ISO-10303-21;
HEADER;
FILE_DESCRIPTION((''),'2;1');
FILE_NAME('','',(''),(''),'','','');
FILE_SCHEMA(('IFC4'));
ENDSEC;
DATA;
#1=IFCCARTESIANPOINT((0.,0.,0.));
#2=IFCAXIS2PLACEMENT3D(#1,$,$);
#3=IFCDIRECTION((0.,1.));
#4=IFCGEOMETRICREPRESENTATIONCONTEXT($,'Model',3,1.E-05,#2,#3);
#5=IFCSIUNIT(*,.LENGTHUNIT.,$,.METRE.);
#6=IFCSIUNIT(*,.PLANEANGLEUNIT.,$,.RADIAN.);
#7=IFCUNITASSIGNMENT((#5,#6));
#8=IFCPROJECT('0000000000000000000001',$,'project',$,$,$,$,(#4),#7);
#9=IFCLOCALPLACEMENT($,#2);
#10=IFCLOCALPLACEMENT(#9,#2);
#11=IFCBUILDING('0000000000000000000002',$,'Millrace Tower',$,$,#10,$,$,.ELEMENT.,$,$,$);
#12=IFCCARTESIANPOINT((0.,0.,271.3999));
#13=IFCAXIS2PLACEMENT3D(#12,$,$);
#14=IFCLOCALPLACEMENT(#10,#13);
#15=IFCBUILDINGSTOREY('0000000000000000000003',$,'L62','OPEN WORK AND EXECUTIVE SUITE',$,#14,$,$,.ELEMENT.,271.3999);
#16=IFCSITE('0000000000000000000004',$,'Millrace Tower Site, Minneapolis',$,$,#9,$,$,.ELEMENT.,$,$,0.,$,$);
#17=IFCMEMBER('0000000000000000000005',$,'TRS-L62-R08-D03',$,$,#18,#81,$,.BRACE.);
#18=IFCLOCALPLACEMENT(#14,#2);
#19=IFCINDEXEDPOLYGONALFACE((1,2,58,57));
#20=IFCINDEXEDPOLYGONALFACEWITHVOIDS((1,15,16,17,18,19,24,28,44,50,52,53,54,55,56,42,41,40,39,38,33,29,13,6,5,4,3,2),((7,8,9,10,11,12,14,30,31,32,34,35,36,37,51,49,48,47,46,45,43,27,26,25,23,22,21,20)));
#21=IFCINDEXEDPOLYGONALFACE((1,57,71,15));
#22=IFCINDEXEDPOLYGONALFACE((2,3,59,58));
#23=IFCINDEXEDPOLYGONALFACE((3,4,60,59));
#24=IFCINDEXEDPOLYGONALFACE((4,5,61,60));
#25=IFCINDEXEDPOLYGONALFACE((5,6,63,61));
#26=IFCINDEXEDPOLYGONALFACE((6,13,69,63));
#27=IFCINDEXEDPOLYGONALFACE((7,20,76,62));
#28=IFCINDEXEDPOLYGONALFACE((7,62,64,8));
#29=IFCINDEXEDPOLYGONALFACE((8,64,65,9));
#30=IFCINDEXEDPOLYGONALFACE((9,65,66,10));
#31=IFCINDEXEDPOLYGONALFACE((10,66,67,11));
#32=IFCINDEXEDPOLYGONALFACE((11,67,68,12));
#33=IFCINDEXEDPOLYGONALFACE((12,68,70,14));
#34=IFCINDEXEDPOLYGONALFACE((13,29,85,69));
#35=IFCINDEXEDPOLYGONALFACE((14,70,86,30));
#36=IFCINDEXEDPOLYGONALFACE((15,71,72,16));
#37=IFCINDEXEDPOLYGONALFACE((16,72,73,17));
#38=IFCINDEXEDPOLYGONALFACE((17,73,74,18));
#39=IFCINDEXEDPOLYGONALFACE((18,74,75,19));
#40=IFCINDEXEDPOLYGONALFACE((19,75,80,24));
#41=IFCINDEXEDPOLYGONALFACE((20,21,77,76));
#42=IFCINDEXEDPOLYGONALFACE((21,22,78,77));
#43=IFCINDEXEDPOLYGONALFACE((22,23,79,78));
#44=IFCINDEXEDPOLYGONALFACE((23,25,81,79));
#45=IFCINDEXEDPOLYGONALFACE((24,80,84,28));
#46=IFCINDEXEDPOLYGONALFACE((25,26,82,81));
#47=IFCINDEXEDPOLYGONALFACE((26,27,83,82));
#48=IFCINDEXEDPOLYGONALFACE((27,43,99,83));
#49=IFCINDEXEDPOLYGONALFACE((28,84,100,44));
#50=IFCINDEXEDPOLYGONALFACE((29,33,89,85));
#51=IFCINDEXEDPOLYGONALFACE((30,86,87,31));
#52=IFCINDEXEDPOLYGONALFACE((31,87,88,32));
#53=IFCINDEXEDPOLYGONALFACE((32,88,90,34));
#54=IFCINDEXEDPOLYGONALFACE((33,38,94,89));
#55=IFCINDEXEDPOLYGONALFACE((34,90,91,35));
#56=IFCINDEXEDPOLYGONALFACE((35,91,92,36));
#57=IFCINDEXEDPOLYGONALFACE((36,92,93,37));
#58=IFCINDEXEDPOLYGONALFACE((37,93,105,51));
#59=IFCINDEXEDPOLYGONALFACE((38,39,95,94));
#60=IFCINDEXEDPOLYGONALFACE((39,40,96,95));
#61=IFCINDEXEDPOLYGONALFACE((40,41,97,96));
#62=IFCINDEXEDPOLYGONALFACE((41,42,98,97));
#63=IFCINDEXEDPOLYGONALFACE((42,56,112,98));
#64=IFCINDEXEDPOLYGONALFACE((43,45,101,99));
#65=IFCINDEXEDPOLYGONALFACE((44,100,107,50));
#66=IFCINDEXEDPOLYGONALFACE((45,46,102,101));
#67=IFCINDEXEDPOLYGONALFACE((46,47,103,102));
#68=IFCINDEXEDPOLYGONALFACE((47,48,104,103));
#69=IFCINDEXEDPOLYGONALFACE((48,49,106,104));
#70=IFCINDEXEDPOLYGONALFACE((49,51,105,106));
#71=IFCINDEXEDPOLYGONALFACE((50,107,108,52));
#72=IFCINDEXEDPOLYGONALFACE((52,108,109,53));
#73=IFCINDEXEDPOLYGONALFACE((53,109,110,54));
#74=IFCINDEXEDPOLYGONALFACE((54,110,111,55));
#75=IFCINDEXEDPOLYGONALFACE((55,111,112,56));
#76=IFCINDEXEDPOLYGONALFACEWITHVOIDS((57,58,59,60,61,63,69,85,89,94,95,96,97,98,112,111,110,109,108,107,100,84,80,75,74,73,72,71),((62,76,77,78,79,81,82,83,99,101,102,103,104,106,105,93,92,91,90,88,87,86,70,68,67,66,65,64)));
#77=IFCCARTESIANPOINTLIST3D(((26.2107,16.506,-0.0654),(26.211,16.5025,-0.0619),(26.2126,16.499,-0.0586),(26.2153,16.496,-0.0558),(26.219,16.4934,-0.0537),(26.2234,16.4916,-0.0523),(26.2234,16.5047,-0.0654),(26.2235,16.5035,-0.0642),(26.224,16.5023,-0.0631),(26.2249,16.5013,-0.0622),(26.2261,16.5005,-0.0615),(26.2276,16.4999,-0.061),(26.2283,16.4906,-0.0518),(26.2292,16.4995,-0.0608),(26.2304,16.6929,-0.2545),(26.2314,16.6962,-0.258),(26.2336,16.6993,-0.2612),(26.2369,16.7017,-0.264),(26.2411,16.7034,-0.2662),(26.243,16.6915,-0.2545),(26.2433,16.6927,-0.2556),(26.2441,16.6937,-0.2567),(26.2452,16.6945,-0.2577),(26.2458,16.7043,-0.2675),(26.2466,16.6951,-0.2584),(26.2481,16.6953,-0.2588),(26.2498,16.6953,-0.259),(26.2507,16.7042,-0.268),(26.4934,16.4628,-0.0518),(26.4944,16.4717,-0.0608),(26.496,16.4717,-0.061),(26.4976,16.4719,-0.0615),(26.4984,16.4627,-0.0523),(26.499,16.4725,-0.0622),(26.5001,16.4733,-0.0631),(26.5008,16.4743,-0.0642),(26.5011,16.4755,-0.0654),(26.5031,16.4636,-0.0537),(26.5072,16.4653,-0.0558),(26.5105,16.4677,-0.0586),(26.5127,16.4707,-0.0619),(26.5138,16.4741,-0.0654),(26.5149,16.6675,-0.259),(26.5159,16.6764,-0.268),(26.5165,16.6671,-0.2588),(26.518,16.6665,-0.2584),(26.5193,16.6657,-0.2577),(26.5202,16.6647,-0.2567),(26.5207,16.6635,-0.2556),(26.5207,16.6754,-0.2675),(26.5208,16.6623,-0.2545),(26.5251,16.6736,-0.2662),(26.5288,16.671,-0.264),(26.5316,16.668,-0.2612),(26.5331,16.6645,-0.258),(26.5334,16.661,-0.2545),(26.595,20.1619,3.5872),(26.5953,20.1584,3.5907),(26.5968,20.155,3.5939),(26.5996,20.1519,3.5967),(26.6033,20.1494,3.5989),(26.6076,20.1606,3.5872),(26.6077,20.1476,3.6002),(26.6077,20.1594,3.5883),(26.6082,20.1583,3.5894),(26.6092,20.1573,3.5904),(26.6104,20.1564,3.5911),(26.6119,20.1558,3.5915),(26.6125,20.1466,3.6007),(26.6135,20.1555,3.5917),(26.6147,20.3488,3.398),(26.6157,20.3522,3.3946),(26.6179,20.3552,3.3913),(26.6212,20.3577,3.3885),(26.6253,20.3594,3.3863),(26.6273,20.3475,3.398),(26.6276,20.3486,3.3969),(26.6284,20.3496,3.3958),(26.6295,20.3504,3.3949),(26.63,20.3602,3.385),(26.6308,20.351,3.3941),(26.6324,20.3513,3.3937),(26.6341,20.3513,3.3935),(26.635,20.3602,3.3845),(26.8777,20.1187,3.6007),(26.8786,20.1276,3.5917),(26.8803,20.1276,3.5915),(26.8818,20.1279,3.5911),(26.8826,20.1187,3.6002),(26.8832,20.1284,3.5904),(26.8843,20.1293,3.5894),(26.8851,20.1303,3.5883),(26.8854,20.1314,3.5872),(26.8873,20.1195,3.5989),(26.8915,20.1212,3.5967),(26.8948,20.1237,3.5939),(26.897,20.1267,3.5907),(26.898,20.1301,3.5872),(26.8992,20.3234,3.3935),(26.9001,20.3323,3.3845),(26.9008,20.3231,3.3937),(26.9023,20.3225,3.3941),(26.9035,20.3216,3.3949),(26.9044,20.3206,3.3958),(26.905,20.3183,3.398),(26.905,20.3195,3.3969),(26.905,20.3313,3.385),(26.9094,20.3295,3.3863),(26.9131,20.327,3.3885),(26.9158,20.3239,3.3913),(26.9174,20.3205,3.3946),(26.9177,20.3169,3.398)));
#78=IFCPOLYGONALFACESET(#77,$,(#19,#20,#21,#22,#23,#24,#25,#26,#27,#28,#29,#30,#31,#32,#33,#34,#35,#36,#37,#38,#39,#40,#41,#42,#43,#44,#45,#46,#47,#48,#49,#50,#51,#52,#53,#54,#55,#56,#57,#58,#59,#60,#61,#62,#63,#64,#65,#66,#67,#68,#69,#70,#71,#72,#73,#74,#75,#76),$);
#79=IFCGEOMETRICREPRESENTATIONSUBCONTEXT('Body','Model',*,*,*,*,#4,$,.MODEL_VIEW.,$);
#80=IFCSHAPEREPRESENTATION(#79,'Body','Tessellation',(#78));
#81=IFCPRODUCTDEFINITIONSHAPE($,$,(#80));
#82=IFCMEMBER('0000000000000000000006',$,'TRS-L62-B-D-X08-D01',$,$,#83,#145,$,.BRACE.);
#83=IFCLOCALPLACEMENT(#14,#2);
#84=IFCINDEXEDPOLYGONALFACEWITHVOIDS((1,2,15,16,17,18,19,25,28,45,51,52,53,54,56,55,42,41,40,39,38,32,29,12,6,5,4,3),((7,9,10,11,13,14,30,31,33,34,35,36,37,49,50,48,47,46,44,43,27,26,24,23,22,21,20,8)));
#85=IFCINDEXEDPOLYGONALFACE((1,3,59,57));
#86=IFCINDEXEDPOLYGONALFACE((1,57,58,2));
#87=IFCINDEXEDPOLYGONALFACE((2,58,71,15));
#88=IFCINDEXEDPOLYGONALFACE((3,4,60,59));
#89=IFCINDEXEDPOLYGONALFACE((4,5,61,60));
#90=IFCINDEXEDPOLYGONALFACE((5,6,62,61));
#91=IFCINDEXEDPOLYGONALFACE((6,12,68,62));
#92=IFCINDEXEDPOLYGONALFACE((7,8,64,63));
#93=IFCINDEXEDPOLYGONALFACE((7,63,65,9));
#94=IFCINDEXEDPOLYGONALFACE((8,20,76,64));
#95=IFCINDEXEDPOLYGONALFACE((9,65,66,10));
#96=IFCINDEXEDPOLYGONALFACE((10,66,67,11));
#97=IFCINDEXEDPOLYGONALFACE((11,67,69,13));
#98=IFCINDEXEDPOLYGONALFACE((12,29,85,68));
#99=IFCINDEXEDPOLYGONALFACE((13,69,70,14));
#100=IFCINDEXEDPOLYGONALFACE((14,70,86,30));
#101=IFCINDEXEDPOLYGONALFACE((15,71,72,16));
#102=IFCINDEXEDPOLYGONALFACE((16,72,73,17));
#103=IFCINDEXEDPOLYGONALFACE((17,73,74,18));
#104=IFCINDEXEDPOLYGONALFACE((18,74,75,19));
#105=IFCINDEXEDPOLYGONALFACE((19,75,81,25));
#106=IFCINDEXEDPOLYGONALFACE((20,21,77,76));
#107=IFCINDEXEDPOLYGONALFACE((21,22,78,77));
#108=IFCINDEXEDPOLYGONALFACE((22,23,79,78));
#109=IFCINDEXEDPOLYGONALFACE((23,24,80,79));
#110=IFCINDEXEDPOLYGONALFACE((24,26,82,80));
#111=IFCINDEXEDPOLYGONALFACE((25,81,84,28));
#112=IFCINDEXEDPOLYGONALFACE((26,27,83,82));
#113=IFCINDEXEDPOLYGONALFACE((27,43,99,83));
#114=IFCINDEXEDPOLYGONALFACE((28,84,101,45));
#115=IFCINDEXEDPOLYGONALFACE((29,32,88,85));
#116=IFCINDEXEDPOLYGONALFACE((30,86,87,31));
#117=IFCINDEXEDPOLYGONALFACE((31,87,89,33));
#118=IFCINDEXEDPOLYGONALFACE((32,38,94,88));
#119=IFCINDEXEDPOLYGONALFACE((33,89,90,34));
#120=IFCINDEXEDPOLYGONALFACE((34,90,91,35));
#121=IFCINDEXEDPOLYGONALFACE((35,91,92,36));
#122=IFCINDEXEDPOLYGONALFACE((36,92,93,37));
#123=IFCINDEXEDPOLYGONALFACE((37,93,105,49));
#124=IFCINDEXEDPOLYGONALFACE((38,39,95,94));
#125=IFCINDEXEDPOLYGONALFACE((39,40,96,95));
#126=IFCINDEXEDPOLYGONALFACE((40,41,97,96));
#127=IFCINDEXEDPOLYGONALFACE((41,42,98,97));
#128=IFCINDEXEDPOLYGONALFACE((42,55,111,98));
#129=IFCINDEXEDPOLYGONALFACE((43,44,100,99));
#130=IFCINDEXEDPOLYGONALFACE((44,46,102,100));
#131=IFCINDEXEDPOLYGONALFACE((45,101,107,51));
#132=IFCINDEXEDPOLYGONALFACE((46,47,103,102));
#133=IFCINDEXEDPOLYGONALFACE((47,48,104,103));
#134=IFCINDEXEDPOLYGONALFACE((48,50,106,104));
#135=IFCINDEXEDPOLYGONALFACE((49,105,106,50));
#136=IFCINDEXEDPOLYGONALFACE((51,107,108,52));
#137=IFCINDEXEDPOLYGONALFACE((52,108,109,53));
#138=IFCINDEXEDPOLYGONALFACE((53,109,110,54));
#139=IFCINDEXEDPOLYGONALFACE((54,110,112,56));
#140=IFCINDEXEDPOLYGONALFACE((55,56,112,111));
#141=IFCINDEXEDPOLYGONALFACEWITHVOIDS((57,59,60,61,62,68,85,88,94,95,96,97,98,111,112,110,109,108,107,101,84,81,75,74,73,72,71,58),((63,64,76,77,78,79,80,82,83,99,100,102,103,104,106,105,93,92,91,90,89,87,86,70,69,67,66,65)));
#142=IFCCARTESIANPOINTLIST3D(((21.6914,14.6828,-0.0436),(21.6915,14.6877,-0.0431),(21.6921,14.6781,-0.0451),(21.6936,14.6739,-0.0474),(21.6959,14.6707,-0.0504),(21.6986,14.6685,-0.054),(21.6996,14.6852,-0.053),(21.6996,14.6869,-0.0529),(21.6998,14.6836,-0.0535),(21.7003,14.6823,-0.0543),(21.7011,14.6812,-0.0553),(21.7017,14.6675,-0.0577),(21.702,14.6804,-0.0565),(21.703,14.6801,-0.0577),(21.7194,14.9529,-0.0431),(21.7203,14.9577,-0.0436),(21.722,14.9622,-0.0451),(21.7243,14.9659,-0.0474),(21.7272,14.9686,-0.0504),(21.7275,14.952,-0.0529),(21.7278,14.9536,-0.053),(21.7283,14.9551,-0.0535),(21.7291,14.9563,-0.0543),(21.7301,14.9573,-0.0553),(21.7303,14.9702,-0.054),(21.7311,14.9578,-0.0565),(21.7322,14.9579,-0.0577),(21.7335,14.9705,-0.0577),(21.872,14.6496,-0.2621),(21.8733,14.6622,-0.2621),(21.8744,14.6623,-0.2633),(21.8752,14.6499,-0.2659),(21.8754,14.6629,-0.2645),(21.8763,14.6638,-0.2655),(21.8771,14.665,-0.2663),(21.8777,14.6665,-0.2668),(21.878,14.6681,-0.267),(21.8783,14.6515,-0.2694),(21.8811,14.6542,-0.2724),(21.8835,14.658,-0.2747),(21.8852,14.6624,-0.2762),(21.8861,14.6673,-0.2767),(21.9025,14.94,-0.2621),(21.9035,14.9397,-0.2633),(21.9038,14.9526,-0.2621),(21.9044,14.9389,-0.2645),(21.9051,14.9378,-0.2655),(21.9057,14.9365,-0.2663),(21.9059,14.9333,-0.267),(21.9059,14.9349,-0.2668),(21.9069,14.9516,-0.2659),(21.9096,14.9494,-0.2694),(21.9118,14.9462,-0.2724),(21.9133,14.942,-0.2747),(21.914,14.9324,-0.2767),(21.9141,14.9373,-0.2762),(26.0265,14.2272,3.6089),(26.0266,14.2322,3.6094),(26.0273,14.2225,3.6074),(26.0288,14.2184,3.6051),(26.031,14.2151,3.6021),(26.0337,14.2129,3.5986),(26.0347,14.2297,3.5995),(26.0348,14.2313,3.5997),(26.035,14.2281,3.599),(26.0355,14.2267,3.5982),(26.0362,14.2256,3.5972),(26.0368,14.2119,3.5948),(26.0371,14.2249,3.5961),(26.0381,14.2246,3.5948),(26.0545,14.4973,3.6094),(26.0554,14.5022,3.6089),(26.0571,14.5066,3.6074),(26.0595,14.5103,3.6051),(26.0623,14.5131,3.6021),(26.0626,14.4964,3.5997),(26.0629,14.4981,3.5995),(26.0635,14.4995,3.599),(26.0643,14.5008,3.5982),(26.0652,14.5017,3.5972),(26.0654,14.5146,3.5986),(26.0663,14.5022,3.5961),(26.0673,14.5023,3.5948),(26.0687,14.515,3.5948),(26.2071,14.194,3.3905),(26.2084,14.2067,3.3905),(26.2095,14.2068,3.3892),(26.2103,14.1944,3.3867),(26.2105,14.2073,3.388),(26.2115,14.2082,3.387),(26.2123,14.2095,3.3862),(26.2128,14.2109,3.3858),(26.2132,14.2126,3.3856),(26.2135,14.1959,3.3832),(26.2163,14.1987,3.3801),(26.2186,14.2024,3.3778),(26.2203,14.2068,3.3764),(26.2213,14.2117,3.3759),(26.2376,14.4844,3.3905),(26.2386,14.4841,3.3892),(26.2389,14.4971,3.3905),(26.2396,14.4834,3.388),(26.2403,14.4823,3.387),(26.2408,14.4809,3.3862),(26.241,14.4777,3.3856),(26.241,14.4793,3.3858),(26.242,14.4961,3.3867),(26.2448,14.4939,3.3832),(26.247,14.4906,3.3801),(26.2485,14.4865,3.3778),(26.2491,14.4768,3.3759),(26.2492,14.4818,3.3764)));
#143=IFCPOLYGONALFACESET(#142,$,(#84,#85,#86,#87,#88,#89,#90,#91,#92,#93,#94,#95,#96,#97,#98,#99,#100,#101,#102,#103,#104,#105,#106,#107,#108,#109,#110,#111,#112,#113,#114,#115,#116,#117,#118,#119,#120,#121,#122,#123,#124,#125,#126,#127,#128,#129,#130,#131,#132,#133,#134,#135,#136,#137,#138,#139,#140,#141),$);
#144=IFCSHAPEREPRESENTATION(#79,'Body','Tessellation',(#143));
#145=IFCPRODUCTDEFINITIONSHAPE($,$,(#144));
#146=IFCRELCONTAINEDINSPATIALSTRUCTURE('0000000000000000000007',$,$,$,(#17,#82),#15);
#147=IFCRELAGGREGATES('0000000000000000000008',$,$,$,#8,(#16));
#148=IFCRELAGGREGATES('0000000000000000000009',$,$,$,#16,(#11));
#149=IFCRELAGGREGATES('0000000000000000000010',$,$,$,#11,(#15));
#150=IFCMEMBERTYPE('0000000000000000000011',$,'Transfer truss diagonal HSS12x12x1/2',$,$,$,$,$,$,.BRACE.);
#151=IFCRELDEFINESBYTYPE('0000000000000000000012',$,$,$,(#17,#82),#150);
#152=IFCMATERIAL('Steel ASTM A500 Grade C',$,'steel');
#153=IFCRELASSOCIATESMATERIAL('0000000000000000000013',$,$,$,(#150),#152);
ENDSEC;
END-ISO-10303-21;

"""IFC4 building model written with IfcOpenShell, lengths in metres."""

from ifc_helpers import new_model, si_unit, direction, frame, origin, origin_2d, place, context, subcontext, project, spatial, hollow_rectangle, extrude, material, material_profile, profile_set, type_object, element, save


model = new_model("IFC4")

# Units and contexts
model_context = context("Model", 3, precision=1e-05, world=origin(), true_north=direction((0.0, 1.0)))
body_context = subcontext(model_context, "Body", "Model", "MODEL_VIEW")
ifc_project = project(units=[si_unit("LENGTHUNIT", "METRE"), si_unit("PLANEANGLEUNIT", "RADIAN")], contexts=[model_context])

# Site, building, storey
site_placement = place(None, origin())
site = spatial("IfcSite", under=ifc_project, at=site_placement, Name="Millrace Tower Site, Minneapolis", CompositionType="ELEMENT", RefElevation=0.0)
building_placement = place(site_placement, origin())
building = spatial("IfcBuilding", under=site, at=building_placement, Name="Millrace Tower", CompositionType="ELEMENT")
storey_placement = place(building_placement, frame((0.0, 0.0, 271.3999)))
storey = spatial("IfcBuildingStorey", under=building, at=storey_placement, Name="L62", Description="OPEN WORK AND EXECUTIVE SUITE", CompositionType="ELEMENT", Elevation=271.3999)

# Members
ifc_material_1 = material(Name="Steel ASTM A500 Grade C", Category="steel")
ifc_material_profile_1 = material_profile(ifc_material_1, hollow_rectangle(XDim=0.3047, YDim=0.3047, WallThickness=0.0127, InnerFilletRadius=0.0063, OuterFilletRadius=0.019, at=origin_2d()))
ifc_profile_set_1 = profile_set([ifc_material_profile_1], Name="Steel ASTM A500 Grade C")
member_type_1 = type_object("IfcMemberType", Name="Transfer truss diagonal HSS12x12x1/2", PredefinedType="BRACE", material=ifc_profile_set_1)
member_1_placement = place(storey_placement, frame((26.3721, 16.5835, -0.1599), z_axis=(0.074153, 0.70549, 0.70483), x_axis=(-0.994521, 0.104533, 0.0)))
element("IfcMember", 1, at=member_1_placement, inside=storey, type_object=member_type_1, Name="TRS-L62-R08-D03", PredefinedType="BRACE", context=body_context, shape_type="SweptSolid", body=[
    extrude(hollow_rectangle(XDim=0.3047, YDim=0.3047, WallThickness=0.0127, InnerFilletRadius=0.0063, OuterFilletRadius=0.019, at=origin_2d()), origin(), (0.0, 0.0, 1.0), 5.1821),
])
member_2_placement = place(storey_placement, frame((21.8027, 14.8101, -0.1599), z_axis=(0.762289, -0.080105, 0.64226), x_axis=(0.10451, 0.994524, 0.0)))
element("IfcMember", 2, at=member_2_placement, inside=storey, type_object=member_type_1, Name="TRS-L62-B-D-X08-D01", PredefinedType="BRACE", context=body_context, shape_type="SweptSolid", body=[
    extrude(hollow_rectangle(XDim=0.3047, YDim=0.3047, WallThickness=0.0127, InnerFilletRadius=0.0063, OuterFilletRadius=0.019, at=origin_2d()), origin(), (0.0, 0.0, 1.0), 5.687),
])

save(model, "model.ifc")
